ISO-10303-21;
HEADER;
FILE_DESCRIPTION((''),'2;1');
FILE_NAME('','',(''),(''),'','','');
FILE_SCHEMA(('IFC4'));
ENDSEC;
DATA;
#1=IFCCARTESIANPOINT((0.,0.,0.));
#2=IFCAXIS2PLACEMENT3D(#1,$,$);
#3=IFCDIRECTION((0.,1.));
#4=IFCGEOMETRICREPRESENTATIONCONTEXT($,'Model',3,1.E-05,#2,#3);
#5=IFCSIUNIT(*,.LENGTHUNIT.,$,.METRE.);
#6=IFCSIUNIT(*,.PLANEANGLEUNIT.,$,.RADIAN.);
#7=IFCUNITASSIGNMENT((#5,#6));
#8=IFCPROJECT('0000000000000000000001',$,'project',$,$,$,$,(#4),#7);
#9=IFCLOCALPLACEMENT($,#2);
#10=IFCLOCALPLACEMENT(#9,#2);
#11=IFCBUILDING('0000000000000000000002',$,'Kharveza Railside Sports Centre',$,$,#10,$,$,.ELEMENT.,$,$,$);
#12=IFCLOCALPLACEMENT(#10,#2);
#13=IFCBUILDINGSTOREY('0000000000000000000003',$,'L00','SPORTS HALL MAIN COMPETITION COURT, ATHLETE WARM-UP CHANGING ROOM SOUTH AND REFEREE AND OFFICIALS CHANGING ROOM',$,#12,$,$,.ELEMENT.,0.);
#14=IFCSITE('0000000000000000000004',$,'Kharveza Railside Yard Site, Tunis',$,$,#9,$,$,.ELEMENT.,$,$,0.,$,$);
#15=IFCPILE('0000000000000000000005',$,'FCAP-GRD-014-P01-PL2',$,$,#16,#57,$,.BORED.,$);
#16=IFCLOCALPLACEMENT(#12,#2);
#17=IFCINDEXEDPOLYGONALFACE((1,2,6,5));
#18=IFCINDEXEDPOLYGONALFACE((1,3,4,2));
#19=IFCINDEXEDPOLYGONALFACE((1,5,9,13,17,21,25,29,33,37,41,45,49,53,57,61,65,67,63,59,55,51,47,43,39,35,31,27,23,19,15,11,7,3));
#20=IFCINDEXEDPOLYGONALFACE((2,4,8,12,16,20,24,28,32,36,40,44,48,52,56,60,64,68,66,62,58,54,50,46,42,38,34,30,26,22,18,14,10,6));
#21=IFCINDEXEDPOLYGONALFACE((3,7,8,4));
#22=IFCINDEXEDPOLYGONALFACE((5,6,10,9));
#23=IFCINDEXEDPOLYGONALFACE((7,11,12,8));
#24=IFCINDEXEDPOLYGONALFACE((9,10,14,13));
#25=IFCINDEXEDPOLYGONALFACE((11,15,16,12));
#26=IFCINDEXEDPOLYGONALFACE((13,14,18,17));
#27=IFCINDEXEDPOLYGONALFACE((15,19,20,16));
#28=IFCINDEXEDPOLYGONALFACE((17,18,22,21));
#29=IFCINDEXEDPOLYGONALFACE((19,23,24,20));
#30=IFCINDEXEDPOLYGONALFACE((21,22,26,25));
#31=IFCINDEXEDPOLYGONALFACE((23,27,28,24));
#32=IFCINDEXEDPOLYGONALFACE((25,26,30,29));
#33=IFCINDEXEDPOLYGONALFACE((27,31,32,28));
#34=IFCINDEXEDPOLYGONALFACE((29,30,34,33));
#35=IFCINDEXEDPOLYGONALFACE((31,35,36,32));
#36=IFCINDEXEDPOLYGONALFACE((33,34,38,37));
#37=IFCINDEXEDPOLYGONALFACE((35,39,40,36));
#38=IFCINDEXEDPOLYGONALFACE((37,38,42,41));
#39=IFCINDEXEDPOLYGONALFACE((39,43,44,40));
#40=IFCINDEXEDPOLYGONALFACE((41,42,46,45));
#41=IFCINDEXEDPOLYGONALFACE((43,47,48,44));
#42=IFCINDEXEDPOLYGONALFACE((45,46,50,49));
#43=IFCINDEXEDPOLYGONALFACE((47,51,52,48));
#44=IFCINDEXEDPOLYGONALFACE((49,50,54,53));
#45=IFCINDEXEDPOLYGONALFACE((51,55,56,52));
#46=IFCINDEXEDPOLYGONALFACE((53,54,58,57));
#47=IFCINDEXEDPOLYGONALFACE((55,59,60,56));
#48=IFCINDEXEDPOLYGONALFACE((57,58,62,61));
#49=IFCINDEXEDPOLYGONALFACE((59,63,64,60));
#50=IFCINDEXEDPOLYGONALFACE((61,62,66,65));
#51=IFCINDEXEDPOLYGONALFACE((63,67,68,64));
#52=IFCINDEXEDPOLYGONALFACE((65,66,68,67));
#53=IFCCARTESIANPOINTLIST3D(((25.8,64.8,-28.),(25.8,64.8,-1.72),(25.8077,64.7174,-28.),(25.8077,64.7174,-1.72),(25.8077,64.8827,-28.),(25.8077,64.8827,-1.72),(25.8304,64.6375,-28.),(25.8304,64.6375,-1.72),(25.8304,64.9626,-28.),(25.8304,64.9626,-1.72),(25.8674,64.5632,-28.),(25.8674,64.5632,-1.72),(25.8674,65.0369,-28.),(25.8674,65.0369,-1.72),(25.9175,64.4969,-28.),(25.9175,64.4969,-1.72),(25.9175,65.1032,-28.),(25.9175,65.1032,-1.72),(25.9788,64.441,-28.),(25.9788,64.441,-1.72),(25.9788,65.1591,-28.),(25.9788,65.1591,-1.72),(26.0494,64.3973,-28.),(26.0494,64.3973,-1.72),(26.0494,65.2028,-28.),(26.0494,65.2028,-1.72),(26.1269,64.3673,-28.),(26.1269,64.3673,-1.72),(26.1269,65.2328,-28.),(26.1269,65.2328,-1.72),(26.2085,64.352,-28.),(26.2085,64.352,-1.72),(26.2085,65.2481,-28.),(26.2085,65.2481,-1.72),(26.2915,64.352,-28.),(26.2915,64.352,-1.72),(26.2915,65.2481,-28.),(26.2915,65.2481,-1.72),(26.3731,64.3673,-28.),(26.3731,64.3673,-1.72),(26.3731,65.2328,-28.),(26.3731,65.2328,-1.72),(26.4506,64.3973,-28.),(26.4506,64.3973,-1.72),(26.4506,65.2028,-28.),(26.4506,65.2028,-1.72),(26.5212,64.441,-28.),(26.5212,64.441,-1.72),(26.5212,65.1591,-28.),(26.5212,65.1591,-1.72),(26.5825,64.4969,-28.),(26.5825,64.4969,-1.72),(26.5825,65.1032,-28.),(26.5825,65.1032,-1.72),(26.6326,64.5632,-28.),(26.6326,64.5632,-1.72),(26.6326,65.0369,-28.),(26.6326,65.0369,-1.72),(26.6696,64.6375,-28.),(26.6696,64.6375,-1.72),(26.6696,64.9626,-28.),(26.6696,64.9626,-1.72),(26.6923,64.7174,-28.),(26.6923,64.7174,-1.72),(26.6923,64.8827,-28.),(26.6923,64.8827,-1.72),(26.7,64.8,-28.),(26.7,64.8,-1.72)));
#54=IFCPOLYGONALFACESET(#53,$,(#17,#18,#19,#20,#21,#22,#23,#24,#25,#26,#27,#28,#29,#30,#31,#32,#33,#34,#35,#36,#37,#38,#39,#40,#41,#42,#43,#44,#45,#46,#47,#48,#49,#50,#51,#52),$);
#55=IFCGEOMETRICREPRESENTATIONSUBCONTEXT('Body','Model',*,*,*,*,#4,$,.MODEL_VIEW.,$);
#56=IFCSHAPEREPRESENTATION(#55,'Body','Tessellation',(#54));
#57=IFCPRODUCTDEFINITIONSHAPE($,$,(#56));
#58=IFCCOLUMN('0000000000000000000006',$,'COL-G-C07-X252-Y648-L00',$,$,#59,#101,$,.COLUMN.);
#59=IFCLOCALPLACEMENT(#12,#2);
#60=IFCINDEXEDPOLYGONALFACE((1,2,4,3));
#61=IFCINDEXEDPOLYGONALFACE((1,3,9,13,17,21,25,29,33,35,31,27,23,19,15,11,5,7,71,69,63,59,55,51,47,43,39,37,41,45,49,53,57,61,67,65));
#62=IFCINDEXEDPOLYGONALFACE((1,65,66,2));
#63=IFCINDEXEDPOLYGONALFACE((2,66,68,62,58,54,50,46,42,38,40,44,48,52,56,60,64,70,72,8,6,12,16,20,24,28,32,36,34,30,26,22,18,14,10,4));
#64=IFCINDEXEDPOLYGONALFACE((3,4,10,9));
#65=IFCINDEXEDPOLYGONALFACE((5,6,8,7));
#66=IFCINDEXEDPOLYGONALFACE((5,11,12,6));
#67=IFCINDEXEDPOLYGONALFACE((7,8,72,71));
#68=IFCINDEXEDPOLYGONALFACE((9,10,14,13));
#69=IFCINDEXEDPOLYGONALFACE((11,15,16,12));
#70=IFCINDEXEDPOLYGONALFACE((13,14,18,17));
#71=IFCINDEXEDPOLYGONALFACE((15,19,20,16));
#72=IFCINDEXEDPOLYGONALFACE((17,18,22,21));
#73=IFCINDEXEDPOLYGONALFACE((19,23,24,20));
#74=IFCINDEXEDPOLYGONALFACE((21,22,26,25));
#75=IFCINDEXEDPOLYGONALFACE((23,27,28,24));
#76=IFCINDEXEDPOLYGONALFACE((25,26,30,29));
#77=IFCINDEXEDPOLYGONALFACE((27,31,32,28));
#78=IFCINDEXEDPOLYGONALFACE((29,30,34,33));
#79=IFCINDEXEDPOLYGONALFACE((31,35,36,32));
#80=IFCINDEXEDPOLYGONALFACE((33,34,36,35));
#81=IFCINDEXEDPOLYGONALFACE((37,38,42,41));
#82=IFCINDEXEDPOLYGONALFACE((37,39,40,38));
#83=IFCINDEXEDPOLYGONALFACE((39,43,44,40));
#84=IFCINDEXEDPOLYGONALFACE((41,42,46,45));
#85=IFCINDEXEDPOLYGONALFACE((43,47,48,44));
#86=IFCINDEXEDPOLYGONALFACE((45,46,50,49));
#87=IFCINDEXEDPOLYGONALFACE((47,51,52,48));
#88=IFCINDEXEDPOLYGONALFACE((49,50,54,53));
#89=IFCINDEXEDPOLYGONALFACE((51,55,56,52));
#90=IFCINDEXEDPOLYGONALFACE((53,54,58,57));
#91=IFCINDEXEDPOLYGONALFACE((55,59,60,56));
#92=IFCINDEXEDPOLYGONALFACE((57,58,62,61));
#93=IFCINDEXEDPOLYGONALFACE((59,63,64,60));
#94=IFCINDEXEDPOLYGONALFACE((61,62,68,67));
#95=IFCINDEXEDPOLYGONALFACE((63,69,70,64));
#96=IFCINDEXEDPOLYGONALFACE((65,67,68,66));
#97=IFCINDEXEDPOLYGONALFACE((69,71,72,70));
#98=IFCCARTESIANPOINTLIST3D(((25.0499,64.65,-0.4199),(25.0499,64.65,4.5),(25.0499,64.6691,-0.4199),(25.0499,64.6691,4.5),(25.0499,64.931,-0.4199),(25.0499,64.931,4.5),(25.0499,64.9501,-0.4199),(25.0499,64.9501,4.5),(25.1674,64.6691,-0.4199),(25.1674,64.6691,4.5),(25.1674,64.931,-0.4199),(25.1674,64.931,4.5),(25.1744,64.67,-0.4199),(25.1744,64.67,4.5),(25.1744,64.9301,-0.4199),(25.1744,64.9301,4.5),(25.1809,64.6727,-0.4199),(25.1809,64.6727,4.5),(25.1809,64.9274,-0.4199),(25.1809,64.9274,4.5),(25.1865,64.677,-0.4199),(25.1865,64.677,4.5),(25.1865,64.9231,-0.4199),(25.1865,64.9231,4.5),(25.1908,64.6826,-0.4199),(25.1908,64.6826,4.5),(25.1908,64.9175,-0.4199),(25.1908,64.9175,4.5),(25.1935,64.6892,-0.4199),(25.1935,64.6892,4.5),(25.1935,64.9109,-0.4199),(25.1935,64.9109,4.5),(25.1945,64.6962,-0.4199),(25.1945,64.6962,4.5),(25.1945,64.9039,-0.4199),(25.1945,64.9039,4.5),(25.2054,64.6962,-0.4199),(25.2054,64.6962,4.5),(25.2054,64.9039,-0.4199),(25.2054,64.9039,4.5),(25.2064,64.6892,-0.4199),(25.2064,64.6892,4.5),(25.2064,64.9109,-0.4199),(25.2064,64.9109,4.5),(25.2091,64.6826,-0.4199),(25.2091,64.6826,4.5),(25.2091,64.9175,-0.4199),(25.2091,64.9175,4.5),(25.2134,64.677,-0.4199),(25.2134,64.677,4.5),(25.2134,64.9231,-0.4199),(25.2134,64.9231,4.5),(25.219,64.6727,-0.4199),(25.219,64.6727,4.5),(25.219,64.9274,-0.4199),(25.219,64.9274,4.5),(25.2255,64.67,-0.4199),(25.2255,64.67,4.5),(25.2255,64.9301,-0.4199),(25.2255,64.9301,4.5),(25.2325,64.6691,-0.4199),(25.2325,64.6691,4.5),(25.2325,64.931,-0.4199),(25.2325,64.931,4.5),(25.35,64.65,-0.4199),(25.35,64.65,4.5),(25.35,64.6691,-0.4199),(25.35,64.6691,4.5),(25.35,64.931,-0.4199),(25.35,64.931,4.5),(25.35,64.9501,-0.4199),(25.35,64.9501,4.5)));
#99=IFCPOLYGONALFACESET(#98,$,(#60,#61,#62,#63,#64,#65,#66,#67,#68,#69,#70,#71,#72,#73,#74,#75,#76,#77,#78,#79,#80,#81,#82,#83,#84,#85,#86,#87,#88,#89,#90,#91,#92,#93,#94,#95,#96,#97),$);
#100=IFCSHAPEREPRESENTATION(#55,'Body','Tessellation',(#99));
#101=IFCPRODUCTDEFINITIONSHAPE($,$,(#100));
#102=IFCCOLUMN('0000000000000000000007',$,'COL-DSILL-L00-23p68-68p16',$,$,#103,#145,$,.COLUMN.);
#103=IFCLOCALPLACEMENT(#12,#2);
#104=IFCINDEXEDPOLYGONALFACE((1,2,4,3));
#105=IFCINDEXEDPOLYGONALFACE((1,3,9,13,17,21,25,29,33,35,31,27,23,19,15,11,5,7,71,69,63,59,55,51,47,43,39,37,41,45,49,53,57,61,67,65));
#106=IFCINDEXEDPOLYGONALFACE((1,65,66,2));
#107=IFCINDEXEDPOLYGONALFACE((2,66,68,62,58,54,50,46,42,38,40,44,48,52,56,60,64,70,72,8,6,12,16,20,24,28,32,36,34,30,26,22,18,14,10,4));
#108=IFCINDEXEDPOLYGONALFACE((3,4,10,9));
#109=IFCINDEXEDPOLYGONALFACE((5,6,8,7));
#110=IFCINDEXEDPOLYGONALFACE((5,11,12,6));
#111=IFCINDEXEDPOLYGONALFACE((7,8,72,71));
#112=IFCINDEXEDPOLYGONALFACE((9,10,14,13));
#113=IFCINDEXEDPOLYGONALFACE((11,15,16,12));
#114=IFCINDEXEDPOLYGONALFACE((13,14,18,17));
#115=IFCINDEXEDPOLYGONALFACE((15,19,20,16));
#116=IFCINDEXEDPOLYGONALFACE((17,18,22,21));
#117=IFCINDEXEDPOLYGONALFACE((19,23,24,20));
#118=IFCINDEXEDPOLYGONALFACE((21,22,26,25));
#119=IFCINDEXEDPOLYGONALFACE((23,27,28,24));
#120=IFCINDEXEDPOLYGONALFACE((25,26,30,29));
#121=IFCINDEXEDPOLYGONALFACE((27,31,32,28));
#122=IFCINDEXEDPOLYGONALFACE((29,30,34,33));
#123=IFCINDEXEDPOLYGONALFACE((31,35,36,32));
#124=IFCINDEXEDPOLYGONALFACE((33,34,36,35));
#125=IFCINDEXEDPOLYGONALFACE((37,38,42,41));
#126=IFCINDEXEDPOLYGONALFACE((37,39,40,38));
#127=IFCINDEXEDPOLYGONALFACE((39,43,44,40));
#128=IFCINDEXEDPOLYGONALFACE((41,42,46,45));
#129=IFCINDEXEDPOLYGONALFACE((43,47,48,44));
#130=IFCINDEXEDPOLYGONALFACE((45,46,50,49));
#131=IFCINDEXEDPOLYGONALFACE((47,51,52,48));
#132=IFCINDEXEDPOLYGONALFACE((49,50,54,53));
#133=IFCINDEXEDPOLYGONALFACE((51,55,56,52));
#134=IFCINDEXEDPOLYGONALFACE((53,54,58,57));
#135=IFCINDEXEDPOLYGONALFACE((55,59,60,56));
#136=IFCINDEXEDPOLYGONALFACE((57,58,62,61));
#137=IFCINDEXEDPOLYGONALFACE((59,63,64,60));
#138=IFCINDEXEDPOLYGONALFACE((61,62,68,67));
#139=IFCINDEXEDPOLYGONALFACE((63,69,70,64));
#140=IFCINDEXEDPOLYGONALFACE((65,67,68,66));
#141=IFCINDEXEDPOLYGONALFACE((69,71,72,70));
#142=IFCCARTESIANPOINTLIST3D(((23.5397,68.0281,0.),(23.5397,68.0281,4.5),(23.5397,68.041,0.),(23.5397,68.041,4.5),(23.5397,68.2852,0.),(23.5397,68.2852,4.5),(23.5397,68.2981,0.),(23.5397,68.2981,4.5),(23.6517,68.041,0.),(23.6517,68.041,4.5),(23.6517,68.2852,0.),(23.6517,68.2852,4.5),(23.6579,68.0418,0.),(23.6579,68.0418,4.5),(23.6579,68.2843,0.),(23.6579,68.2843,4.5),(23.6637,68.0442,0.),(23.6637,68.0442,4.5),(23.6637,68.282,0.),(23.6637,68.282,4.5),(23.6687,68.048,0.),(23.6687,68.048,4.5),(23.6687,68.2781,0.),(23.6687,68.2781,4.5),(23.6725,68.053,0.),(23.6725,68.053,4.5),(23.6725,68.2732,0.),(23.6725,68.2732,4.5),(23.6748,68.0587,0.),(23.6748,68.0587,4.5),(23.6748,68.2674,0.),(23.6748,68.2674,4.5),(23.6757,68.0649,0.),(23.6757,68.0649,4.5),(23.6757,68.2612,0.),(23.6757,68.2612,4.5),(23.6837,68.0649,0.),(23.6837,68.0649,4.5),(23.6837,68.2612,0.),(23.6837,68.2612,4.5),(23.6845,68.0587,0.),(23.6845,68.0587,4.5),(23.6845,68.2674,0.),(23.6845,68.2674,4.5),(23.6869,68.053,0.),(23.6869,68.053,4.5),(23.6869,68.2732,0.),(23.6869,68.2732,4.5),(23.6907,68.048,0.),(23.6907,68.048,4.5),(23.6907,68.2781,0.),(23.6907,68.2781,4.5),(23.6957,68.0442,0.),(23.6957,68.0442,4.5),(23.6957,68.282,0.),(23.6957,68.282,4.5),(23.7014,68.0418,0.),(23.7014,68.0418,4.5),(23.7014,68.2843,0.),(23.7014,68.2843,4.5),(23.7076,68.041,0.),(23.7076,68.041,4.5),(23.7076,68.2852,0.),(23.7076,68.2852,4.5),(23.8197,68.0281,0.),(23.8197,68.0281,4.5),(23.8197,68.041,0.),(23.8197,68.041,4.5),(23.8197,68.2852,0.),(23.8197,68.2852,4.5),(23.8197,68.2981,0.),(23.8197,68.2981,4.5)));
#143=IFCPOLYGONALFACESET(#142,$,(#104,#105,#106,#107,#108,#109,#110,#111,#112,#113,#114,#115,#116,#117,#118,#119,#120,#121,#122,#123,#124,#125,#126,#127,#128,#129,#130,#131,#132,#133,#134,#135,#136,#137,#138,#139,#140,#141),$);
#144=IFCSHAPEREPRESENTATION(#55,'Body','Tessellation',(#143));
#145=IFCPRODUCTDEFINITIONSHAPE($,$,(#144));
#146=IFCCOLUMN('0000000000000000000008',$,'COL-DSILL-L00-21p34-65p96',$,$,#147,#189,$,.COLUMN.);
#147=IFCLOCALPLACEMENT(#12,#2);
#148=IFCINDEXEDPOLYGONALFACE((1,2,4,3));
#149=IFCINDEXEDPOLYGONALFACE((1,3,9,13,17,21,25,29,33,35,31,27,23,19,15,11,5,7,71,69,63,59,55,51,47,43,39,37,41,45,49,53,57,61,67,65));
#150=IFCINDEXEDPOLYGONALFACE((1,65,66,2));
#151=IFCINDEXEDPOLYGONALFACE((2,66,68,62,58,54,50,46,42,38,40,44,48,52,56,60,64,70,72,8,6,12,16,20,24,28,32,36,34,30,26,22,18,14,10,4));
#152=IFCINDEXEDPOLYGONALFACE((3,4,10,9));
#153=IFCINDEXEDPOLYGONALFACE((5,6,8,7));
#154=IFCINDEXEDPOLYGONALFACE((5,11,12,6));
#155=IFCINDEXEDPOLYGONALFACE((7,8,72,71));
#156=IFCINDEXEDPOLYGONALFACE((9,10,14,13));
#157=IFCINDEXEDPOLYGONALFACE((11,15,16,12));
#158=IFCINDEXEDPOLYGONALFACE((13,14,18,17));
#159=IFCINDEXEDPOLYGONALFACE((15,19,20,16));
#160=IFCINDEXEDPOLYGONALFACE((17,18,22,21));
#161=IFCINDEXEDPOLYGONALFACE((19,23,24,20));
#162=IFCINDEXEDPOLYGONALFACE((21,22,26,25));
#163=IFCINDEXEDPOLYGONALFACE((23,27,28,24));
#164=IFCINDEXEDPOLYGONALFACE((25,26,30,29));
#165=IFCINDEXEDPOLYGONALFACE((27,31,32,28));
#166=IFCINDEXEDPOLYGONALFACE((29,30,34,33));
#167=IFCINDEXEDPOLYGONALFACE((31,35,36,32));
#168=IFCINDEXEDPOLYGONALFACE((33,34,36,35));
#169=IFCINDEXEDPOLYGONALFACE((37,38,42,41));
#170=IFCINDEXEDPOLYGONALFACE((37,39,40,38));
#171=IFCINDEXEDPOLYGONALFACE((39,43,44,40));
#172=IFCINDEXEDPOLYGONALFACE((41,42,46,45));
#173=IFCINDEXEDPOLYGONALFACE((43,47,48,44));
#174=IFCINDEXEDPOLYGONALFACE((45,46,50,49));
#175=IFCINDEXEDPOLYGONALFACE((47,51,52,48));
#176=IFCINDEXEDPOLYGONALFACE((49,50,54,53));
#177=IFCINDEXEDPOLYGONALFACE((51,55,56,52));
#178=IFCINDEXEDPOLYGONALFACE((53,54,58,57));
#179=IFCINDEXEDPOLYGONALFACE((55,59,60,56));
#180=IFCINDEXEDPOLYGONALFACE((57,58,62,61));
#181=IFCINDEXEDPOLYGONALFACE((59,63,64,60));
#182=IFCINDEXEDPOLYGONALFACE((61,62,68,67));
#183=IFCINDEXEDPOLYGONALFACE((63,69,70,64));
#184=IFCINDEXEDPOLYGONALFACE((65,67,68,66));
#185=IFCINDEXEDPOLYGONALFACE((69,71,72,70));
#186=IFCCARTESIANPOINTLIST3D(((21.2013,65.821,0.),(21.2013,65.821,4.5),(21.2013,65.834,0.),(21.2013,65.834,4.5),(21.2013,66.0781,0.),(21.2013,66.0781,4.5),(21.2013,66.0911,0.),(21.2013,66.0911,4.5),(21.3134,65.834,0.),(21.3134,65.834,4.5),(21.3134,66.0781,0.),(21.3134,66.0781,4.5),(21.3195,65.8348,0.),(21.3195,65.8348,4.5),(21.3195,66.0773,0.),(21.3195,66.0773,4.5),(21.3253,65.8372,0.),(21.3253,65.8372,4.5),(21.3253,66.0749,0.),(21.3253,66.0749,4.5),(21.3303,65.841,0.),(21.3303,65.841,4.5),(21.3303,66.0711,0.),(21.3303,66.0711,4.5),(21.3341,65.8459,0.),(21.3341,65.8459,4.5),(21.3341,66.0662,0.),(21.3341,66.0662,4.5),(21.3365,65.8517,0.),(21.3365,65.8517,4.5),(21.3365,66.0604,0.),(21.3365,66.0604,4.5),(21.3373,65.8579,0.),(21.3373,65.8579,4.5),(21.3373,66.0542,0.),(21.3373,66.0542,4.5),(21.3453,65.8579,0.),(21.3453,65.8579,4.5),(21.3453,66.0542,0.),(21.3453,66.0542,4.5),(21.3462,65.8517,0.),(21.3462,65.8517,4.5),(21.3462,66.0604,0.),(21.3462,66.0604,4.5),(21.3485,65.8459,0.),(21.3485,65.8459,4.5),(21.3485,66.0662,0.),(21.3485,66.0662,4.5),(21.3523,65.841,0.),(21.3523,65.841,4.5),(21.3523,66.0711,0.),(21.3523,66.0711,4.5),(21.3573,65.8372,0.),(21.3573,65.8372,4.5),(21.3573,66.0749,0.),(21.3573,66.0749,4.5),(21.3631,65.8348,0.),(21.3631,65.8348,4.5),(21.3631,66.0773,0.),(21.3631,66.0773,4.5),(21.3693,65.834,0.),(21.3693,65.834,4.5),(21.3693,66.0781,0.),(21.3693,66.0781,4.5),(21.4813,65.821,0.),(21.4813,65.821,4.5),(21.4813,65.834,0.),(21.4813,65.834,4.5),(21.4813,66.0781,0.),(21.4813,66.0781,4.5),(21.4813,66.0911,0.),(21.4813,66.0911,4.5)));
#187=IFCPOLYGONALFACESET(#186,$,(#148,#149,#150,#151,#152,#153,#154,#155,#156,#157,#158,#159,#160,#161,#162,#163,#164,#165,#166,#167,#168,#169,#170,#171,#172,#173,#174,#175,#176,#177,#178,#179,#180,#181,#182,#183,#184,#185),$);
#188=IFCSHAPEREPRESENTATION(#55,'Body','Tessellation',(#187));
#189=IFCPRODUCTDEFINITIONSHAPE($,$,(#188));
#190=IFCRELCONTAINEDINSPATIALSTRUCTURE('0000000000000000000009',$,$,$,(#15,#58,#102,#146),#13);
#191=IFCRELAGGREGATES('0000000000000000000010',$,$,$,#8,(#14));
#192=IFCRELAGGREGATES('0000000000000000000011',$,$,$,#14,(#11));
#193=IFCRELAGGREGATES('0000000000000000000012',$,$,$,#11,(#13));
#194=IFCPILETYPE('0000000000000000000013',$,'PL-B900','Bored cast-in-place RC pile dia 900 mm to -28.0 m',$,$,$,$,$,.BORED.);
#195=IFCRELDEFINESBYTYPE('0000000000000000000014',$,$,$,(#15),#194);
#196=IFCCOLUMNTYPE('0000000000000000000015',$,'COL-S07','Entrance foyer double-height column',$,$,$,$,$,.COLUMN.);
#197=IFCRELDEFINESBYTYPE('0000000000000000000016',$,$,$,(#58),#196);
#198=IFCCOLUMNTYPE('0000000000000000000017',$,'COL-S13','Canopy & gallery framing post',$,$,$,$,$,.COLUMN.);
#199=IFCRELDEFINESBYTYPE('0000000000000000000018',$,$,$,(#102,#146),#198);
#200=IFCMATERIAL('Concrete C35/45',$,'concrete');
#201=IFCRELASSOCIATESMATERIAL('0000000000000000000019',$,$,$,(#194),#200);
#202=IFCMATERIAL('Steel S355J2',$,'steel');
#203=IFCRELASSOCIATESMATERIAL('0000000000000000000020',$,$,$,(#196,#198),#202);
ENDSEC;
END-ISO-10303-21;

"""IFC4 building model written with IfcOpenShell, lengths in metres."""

from ifc_helpers import new_model, si_unit, direction, frame, origin, origin_2d, place, context, subcontext, project, spatial, circle, i_section, extrude, material, material_profile, profile_set, type_object, element, save


model = new_model("IFC4")

# Units and contexts
model_context = context("Model", 3, precision=1e-05, world=origin(), true_north=direction((0.0, 1.0)))
body_context = subcontext(model_context, "Body", "Model", "MODEL_VIEW")
ifc_project = project(units=[si_unit("LENGTHUNIT", "METRE"), si_unit("PLANEANGLEUNIT", "RADIAN")], contexts=[model_context])

# Site, building, storey
site_placement = place(None, origin())
site = spatial("IfcSite", under=ifc_project, at=site_placement, Name="Kharveza Railside Yard Site, Tunis", CompositionType="ELEMENT", RefElevation=0.0)
building_placement = place(site_placement, origin())
building = spatial("IfcBuilding", under=site, at=building_placement, Name="Kharveza Railside Sports Centre", CompositionType="ELEMENT")
storey_placement = place(building_placement, origin())
storey = spatial("IfcBuildingStorey", under=building, at=storey_placement, Name="L00", Description="SPORTS HALL MAIN COMPETITION COURT, ATHLETE WARM-UP CHANGING ROOM SOUTH AND REFEREE AND OFFICIALS CHANGING ROOM", CompositionType="ELEMENT", Elevation=0.0)

# Shared definitions
ifc_material_1 = material(Name="Concrete C35/45", Category="concrete")

# Pile
ifc_material_profile_1 = material_profile(ifc_material_1, circle(Radius=0.45, at=origin_2d()), Name="PILE D900")
ifc_profile_set_1 = profile_set([ifc_material_profile_1], Name="Concrete C35/45")
pile_type_1 = type_object("IfcPileType", Name="PL-B900", Description="Bored cast-in-place RC pile dia 900 mm to -28.0 m", PredefinedType="BORED", material=ifc_profile_set_1)
for number, where, z_axis, x_axis, name in (
    (1, (26.25, 64.8, -1.72), (0.0, 0.0, -1.0), (1.0, 0.0, 0.0), "FCAP-GRD-014-P01-PL2"),
):
    element("IfcPile", number, at=place(storey_placement, frame(where, z_axis=z_axis, x_axis=x_axis)), inside=storey, type_object=pile_type_1, Name=name, PredefinedType="BORED", context=body_context, shape_type="SweptSolid", body=[
        extrude(circle(Radius=0.45, at=origin_2d()), origin(), (0.0, 0.0, 1.0), 26.28),
    ])

# Columns
ifc_material_2 = material(Name="Steel S355J2", Category="steel")
ifc_material_profile_2 = material_profile(ifc_material_2, i_section(OverallWidth=0.3, OverallDepth=0.3, WebThickness=0.011, FlangeThickness=0.019, FilletRadius=0.0271, at=origin_2d()), Name="HEB 300")
ifc_profile_set_2 = profile_set([ifc_material_profile_2], Name="Steel S355J2")
column_type_1 = type_object("IfcColumnType", Name="COL-S07", Description="Entrance foyer double-height column", PredefinedType="COLUMN", material=ifc_profile_set_2)
column_placement = place(storey_placement, frame((25.2, 64.8, -0.4199), z_axis=(0.0, 0.0, 1.0), x_axis=(1.0, 0.0, 0.0)))
element("IfcColumn", 2, at=column_placement, inside=storey, type_object=column_type_1, Name="COL-G-C07-X252-Y648-L00", PredefinedType="COLUMN", context=body_context, shape_type="SweptSolid", body=[
    extrude(i_section(OverallWidth=0.3, OverallDepth=0.3, WebThickness=0.011, FlangeThickness=0.019, FilletRadius=0.0271, at=origin_2d()), origin(), (0.0, 0.0, 1.0), 4.9199),
])
ifc_material_profile_3 = material_profile(ifc_material_2, i_section(OverallWidth=0.28, OverallDepth=0.27, WebThickness=0.0081, FlangeThickness=0.0129, FilletRadius=0.0239, at=origin_2d()), Name="HEA 280")
ifc_profile_set_3 = profile_set([ifc_material_profile_3], Name="Steel S355J2")
column_type_2 = type_object("IfcColumnType", Name="COL-S13", Description="Canopy & gallery framing post", PredefinedType="COLUMN", material=ifc_profile_set_3)
for number, where, z_axis, x_axis, name in (
    (3, (23.6797, 68.1631, 0.0), (0.0, 0.0, 1.0), (1.0, 0.0, 0.0), "COL-DSILL-L00-23p68-68p16"),
    (4, (21.3413, 65.9561, 0.0), (0.0, 0.0, 1.0), (1.0, 0.0, 0.0), "COL-DSILL-L00-21p34-65p96"),
):
    element("IfcColumn", number, at=place(storey_placement, frame(where, z_axis=z_axis, x_axis=x_axis)), inside=storey, type_object=column_type_2, Name=name, PredefinedType="COLUMN", context=body_context, shape_type="SweptSolid", body=[
        extrude(i_section(OverallWidth=0.28, OverallDepth=0.27, WebThickness=0.0081, FlangeThickness=0.0129, FilletRadius=0.0239, at=origin_2d()), origin(), (0.0, 0.0, 1.0), 4.5),
    ])

save(model, "model.ifc")
